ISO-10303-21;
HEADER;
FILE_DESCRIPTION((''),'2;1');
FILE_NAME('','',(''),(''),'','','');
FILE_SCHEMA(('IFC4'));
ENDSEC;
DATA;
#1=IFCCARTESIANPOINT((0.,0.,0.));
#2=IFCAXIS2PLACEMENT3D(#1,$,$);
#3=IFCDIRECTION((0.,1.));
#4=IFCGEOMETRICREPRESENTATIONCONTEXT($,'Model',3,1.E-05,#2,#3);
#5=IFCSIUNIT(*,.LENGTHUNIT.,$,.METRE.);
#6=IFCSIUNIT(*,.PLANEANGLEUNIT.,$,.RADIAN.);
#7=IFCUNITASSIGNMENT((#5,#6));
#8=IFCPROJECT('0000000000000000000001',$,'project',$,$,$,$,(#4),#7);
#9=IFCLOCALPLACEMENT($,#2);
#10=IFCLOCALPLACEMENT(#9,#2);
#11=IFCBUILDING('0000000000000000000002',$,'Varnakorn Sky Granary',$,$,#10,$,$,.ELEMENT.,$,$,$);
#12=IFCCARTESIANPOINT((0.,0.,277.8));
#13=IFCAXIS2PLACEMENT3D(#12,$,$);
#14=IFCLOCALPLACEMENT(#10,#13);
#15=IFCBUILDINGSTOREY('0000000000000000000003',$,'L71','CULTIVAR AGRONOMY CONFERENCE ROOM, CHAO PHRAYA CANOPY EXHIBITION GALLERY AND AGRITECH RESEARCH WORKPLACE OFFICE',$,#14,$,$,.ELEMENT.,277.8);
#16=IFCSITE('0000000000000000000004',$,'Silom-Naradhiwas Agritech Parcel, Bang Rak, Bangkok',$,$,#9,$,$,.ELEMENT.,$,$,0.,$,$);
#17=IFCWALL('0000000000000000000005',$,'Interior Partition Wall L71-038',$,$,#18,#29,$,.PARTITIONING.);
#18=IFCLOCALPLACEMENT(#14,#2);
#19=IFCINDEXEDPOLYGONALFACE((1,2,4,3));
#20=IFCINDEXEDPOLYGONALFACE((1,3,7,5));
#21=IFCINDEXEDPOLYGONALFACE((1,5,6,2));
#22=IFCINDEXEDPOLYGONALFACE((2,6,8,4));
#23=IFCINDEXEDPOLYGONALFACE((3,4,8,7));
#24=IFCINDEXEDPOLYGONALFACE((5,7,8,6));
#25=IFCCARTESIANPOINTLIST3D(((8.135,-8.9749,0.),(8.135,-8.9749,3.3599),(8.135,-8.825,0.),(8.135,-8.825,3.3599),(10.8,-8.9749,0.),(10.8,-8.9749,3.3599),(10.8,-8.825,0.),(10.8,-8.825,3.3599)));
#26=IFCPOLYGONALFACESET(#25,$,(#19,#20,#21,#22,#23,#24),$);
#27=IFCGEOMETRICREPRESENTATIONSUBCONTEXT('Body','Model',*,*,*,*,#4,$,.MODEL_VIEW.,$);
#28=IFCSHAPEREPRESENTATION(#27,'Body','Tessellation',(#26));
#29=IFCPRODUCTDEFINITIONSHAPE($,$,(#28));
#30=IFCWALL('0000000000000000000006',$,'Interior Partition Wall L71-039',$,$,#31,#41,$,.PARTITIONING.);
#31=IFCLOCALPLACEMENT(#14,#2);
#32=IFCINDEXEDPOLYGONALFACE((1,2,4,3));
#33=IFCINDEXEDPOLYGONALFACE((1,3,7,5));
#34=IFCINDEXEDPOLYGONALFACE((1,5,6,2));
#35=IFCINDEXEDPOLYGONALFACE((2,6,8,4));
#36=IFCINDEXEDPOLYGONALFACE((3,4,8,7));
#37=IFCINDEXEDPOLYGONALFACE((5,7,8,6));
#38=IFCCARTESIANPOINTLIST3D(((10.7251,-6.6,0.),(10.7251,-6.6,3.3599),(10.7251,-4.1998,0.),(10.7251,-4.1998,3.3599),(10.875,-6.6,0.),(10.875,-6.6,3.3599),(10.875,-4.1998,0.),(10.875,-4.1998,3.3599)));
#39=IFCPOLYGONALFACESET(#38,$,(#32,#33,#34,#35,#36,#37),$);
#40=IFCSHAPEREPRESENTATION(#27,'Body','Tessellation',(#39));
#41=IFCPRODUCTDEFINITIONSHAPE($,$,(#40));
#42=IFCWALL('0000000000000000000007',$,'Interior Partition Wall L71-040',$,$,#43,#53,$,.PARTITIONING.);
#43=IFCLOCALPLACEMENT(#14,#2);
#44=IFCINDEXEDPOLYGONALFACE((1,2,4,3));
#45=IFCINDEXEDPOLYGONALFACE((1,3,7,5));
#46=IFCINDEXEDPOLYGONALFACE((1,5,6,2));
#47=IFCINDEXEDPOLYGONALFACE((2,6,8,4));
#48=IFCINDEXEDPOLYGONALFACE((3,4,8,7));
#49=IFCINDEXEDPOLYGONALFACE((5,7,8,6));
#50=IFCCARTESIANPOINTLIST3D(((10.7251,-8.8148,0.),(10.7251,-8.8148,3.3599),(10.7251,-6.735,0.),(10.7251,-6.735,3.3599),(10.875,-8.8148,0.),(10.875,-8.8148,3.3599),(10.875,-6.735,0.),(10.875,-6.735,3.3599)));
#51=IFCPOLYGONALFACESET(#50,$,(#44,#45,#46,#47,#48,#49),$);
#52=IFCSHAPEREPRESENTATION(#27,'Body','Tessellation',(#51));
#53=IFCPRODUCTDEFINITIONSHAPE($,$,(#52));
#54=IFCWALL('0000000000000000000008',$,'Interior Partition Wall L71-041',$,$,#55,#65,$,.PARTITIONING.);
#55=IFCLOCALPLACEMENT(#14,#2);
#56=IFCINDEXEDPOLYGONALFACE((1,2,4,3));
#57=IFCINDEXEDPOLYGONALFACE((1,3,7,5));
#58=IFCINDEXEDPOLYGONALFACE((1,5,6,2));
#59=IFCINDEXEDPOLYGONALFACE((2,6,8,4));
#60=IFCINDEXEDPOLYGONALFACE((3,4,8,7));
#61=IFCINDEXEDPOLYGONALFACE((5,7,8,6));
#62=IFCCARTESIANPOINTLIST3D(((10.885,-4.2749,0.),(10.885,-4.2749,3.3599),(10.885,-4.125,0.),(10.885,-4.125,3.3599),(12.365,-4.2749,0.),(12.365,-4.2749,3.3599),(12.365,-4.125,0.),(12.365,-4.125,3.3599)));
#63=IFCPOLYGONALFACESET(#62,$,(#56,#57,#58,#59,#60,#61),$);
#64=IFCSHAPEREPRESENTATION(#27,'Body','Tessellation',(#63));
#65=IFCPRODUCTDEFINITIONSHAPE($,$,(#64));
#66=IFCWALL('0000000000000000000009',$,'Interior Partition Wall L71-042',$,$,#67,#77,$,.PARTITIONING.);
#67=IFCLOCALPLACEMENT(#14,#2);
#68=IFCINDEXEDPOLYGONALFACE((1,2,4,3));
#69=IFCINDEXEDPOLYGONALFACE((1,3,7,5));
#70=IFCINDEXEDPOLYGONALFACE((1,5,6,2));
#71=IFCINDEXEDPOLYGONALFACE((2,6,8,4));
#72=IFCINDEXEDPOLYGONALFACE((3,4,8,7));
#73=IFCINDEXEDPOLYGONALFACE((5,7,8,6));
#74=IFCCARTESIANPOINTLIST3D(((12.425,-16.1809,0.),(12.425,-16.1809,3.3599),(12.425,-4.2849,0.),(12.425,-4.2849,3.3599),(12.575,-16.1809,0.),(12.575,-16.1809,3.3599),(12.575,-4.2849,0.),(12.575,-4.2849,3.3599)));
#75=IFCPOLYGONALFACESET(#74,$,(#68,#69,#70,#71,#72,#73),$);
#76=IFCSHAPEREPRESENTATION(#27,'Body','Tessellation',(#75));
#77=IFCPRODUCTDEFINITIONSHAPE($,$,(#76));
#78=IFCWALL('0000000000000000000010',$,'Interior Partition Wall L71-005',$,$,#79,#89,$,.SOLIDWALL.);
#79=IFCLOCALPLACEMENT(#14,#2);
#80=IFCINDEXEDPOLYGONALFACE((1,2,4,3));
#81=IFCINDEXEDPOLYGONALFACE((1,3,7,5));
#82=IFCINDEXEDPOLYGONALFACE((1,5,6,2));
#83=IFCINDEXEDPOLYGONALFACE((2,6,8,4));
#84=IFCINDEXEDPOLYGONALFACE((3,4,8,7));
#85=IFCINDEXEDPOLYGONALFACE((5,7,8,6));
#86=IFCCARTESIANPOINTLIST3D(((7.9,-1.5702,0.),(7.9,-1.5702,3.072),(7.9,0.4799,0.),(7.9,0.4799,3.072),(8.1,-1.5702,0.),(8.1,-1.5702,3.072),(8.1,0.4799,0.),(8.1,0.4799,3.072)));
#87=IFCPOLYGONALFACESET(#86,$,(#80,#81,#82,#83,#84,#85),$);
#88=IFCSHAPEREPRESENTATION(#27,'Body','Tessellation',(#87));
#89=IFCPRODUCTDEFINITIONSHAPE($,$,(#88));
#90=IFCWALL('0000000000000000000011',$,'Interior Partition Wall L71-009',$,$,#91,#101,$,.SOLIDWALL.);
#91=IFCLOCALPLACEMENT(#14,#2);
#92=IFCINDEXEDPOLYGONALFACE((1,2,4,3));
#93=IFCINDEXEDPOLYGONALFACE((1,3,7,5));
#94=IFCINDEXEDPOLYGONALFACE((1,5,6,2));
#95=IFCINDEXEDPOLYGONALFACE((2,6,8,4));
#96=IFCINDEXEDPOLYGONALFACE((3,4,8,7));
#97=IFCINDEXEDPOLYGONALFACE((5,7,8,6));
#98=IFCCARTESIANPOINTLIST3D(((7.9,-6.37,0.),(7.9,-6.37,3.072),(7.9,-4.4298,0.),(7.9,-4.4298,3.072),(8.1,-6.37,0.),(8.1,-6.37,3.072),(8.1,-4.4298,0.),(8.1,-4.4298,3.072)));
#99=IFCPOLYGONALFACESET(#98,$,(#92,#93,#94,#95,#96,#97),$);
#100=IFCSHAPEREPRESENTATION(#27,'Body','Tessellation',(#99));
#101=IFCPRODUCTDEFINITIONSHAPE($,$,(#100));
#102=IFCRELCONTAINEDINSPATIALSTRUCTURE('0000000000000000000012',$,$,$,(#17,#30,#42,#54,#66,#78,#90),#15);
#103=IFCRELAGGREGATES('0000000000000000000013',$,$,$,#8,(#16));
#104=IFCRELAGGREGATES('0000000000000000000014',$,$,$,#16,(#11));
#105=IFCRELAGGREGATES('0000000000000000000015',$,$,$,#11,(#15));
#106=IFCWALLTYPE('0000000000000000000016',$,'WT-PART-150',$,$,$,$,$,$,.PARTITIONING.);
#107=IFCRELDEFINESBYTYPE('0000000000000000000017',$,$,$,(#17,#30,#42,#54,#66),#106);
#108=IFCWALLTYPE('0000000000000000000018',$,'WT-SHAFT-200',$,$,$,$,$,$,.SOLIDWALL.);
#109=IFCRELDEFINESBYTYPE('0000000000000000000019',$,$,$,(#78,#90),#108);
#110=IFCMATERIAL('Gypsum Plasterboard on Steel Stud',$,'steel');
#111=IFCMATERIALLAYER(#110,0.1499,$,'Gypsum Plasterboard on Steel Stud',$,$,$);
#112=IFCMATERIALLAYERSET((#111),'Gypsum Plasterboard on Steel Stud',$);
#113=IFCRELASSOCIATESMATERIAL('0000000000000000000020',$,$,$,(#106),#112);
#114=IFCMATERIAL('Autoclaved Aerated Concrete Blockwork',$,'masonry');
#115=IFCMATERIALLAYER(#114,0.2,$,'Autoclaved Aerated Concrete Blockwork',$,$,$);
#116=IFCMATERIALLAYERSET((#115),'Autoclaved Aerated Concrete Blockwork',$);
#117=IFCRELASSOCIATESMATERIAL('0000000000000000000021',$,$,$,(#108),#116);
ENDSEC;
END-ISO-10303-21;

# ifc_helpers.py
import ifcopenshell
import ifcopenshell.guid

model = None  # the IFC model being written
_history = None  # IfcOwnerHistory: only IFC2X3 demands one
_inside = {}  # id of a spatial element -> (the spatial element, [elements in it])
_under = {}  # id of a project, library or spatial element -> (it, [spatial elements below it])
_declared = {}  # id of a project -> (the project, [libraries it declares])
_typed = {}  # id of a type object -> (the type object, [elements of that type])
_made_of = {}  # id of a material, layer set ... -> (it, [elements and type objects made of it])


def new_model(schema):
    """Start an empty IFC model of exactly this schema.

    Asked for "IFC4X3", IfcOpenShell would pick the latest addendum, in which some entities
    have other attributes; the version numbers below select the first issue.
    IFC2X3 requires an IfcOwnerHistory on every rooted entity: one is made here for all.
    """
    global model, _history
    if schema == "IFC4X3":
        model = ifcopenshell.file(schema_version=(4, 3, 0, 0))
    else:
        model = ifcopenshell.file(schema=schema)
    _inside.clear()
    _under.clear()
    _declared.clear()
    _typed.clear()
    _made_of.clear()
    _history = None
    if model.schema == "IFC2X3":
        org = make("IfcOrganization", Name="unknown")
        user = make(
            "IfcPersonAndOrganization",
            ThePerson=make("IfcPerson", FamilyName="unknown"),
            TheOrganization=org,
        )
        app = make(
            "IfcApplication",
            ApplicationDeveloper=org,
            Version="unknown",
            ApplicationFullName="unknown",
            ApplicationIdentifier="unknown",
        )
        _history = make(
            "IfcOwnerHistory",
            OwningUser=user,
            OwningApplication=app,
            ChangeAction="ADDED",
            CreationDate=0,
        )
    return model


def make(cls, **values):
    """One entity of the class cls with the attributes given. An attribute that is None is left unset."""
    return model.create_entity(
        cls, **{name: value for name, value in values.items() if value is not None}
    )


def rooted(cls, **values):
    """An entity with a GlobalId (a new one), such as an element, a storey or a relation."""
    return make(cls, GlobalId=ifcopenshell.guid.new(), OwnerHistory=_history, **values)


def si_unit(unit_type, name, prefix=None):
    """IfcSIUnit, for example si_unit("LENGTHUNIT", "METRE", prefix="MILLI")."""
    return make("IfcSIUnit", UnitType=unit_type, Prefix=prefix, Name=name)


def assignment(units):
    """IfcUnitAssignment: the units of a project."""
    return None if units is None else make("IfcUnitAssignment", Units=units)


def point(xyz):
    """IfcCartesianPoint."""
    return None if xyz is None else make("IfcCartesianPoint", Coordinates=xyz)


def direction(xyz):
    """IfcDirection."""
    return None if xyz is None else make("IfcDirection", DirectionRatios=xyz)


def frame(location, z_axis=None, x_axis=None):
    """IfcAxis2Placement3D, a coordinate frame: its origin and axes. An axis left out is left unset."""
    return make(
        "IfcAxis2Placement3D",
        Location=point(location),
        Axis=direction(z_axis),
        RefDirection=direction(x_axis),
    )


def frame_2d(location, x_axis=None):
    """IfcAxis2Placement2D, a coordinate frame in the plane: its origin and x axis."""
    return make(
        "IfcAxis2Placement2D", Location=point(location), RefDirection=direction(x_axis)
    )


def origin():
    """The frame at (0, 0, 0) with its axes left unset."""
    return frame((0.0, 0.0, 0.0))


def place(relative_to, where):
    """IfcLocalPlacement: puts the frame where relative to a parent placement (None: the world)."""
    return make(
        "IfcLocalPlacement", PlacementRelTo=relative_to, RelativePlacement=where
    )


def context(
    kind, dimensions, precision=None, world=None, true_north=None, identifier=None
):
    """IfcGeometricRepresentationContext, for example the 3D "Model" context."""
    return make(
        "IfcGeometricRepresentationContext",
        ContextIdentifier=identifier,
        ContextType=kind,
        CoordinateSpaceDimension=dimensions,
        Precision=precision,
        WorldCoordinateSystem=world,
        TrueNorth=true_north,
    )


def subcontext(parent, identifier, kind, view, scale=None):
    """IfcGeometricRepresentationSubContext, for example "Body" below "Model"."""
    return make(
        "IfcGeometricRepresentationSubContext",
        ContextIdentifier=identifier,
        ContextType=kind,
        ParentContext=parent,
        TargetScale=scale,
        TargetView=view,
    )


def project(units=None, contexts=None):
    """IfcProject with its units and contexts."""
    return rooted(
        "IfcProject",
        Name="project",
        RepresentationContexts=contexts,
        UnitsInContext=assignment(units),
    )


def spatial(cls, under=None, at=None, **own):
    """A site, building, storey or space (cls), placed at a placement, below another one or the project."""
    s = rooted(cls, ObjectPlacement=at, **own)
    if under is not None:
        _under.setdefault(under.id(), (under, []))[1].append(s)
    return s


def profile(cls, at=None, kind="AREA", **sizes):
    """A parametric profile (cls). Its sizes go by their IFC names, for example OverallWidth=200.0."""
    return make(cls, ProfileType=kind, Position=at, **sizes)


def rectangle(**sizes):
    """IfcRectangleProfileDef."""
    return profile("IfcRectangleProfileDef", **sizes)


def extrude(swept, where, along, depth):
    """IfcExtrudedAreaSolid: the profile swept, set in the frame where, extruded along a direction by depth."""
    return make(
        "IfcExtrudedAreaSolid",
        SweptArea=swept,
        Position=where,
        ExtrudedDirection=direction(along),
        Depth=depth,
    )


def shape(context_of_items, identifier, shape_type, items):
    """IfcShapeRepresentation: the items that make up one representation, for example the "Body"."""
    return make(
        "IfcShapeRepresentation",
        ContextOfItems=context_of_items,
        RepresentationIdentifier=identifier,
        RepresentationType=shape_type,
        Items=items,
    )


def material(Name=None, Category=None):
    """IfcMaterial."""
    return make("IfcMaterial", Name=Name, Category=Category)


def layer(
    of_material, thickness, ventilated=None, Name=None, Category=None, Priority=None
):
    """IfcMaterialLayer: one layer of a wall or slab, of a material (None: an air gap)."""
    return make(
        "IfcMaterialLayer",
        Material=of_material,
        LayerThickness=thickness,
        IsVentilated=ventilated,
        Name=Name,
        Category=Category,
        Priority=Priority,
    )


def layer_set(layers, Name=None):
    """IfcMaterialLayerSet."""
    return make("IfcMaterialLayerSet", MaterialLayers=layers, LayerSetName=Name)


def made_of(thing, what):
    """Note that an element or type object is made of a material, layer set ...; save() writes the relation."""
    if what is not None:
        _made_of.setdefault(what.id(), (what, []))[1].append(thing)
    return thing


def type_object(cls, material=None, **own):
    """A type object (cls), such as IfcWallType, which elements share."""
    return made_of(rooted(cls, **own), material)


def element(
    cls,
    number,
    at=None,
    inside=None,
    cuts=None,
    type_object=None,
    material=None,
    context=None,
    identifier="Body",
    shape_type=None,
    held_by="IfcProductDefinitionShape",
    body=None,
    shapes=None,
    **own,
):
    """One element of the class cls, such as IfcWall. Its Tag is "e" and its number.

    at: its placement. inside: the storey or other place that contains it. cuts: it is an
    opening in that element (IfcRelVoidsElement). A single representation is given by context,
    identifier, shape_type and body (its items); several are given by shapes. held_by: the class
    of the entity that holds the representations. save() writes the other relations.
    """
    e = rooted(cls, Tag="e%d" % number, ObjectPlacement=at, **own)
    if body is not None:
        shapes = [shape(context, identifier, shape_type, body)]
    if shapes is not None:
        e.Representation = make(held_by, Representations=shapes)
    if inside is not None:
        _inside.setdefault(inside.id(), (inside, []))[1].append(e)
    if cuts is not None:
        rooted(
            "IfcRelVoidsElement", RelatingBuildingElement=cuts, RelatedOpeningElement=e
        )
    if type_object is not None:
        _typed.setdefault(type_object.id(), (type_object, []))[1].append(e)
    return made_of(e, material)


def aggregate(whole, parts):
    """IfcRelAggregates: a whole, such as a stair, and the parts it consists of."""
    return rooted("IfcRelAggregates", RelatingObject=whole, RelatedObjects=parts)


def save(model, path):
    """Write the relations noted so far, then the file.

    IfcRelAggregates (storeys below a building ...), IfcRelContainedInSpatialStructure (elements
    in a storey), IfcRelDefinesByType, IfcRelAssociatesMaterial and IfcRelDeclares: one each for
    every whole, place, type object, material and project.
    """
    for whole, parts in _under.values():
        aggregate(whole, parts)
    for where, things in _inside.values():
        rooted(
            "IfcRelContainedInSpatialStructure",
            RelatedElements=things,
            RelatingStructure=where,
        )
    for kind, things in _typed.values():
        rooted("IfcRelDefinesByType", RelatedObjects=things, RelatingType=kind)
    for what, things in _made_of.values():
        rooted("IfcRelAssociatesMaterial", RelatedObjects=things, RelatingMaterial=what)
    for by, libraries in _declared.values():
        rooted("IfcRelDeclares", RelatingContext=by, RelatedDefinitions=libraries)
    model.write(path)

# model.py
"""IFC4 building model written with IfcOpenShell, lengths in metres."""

from ifc_helpers import new_model, si_unit, direction, frame, frame_2d, origin, place, context, subcontext, project, spatial, rectangle, extrude, material, layer, layer_set, type_object, element, save


model = new_model("IFC4")

# Units and contexts
model_context = context("Model", 3, precision=1e-05, world=origin(), true_north=direction((0.0, 1.0)))
body_context = subcontext(model_context, "Body", "Model", "MODEL_VIEW")
ifc_project = project(units=[si_unit("LENGTHUNIT", "METRE"), si_unit("PLANEANGLEUNIT", "RADIAN")], contexts=[model_context])

# Site, building, storey
site_placement = place(None, origin())
site = spatial("IfcSite", under=ifc_project, at=site_placement, Name="Silom-Naradhiwas Agritech Parcel, Bang Rak, Bangkok", CompositionType="ELEMENT", RefElevation=0.0)
building_placement = place(site_placement, origin())
building = spatial("IfcBuilding", under=site, at=building_placement, Name="Varnakorn Sky Granary", CompositionType="ELEMENT")
storey_placement = place(building_placement, frame((0.0, 0.0, 277.8)))
storey = spatial("IfcBuildingStorey", under=building, at=storey_placement, Name="L71", Description="CULTIVAR AGRONOMY CONFERENCE ROOM, CHAO PHRAYA CANOPY EXHIBITION GALLERY AND AGRITECH RESEARCH WORKPLACE OFFICE", CompositionType="ELEMENT", Elevation=277.8)

# Shared definitions
ifc_material_1 = material(Name="Autoclaved Aerated Concrete Blockwork", Category="masonry")
ifc_material_2 = material(Name="Gypsum Plasterboard on Steel Stud", Category="steel")
ifc_layer_1 = layer(ifc_material_2, 0.1499, Name="Gypsum Plasterboard on Steel Stud")
ifc_layer_set_1 = layer_set([ifc_layer_1], Name="Gypsum Plasterboard on Steel Stud")
wall_type_1 = type_object("IfcWallType", Name="WT-PART-150", PredefinedType="PARTITIONING", material=ifc_layer_set_1)

# Walls
wall_1_placement = place(storey_placement, frame((8.135, -8.8999, 0.0), z_axis=(0.0, 0.0, 1.0), x_axis=(1.0, 0.0, 0.0)))
element("IfcWall", 1, at=wall_1_placement, inside=storey, type_object=wall_type_1, Name="Interior Partition Wall L71-038", PredefinedType="PARTITIONING", context=body_context, shape_type="SweptSolid", body=[
    extrude(rectangle(XDim=2.665, YDim=0.1499, at=frame_2d((1.3325, 0.0))), origin(), (0.0, 0.0, 1.0), 3.3599),
])
wall_2_placement = place(storey_placement, frame((10.8, -6.6001, 0.0), z_axis=(0.0, 0.0, 1.0), x_axis=(0.0, 1.0, 0.0)))
element("IfcWall", 2, at=wall_2_placement, inside=storey, type_object=wall_type_1, Name="Interior Partition Wall L71-039", PredefinedType="PARTITIONING", context=body_context, shape_type="SweptSolid", body=[
    extrude(rectangle(XDim=2.4001, YDim=0.1499, at=frame_2d((1.2002, 0.0))), origin(), (0.0, 0.0, 1.0), 3.3599),
])
wall_3_placement = place(storey_placement, frame((10.8, -8.8149, 0.0), z_axis=(0.0, 0.0, 1.0), x_axis=(0.0, 1.0, 0.0)))
element("IfcWall", 3, at=wall_3_placement, inside=storey, type_object=wall_type_1, Name="Interior Partition Wall L71-040", PredefinedType="PARTITIONING", context=body_context, shape_type="SweptSolid", body=[
    extrude(rectangle(XDim=2.0798, YDim=0.1499, at=frame_2d((1.04, 0.0))), origin(), (0.0, 0.0, 1.0), 3.3599),
])
wall_4_placement = place(storey_placement, frame((10.885, -4.2, 0.0), z_axis=(0.0, 0.0, 1.0), x_axis=(1.0, 0.0, 0.0)))
element("IfcWall", 4, at=wall_4_placement, inside=storey, type_object=wall_type_1, Name="Interior Partition Wall L71-041", PredefinedType="PARTITIONING", context=body_context, shape_type="SweptSolid", body=[
    extrude(rectangle(XDim=1.48, YDim=0.1499, at=frame_2d((0.74, 0.0))), origin(), (0.0, 0.0, 1.0), 3.3599),
])
wall_5_placement = place(storey_placement, frame((12.5, -4.2849, 0.0), z_axis=(0.0, 0.0, 1.0), x_axis=(0.0, -1.0, 0.0)))
element("IfcWall", 5, at=wall_5_placement, inside=storey, type_object=wall_type_1, Name="Interior Partition Wall L71-042", PredefinedType="PARTITIONING", context=body_context, shape_type="SweptSolid", body=[
    extrude(rectangle(XDim=11.896, YDim=0.1499, at=frame_2d((5.948, 0.0))), origin(), (0.0, 0.0, 1.0), 3.3599),
])
ifc_layer_2 = layer(ifc_material_1, 0.2, Name="Autoclaved Aerated Concrete Blockwork")
ifc_layer_set_2 = layer_set([ifc_layer_2], Name="Autoclaved Aerated Concrete Blockwork")
wall_type_2 = type_object("IfcWallType", Name="WT-SHAFT-200", PredefinedType="SOLIDWALL", material=ifc_layer_set_2)
wall_6_placement = place(storey_placement, frame((8.0, -1.5701, 0.0), z_axis=(0.0, 0.0, 1.0), x_axis=(0.0, 1.0, 0.0)))
element("IfcWall", 6, at=wall_6_placement, inside=storey, type_object=wall_type_2, Name="Interior Partition Wall L71-005", PredefinedType="SOLIDWALL", context=body_context, shape_type="SweptSolid", body=[
    extrude(rectangle(XDim=2.05, YDim=0.2, at=frame_2d((1.0249, 0.0))), origin(), (0.0, 0.0, 1.0), 3.072),
])
wall_7_placement = place(storey_placement, frame((8.0, -6.3701, 0.0), z_axis=(0.0, 0.0, 1.0), x_axis=(0.0, 1.0, 0.0)))
element("IfcWall", 7, at=wall_7_placement, inside=storey, type_object=wall_type_2, Name="Interior Partition Wall L71-009", PredefinedType="SOLIDWALL", context=body_context, shape_type="SweptSolid", body=[
    extrude(rectangle(XDim=1.9402, YDim=0.2, at=frame_2d((0.9702, 0.0))), origin(), (0.0, 0.0, 1.0), 3.072),
])

save(model, "model.ifc")
